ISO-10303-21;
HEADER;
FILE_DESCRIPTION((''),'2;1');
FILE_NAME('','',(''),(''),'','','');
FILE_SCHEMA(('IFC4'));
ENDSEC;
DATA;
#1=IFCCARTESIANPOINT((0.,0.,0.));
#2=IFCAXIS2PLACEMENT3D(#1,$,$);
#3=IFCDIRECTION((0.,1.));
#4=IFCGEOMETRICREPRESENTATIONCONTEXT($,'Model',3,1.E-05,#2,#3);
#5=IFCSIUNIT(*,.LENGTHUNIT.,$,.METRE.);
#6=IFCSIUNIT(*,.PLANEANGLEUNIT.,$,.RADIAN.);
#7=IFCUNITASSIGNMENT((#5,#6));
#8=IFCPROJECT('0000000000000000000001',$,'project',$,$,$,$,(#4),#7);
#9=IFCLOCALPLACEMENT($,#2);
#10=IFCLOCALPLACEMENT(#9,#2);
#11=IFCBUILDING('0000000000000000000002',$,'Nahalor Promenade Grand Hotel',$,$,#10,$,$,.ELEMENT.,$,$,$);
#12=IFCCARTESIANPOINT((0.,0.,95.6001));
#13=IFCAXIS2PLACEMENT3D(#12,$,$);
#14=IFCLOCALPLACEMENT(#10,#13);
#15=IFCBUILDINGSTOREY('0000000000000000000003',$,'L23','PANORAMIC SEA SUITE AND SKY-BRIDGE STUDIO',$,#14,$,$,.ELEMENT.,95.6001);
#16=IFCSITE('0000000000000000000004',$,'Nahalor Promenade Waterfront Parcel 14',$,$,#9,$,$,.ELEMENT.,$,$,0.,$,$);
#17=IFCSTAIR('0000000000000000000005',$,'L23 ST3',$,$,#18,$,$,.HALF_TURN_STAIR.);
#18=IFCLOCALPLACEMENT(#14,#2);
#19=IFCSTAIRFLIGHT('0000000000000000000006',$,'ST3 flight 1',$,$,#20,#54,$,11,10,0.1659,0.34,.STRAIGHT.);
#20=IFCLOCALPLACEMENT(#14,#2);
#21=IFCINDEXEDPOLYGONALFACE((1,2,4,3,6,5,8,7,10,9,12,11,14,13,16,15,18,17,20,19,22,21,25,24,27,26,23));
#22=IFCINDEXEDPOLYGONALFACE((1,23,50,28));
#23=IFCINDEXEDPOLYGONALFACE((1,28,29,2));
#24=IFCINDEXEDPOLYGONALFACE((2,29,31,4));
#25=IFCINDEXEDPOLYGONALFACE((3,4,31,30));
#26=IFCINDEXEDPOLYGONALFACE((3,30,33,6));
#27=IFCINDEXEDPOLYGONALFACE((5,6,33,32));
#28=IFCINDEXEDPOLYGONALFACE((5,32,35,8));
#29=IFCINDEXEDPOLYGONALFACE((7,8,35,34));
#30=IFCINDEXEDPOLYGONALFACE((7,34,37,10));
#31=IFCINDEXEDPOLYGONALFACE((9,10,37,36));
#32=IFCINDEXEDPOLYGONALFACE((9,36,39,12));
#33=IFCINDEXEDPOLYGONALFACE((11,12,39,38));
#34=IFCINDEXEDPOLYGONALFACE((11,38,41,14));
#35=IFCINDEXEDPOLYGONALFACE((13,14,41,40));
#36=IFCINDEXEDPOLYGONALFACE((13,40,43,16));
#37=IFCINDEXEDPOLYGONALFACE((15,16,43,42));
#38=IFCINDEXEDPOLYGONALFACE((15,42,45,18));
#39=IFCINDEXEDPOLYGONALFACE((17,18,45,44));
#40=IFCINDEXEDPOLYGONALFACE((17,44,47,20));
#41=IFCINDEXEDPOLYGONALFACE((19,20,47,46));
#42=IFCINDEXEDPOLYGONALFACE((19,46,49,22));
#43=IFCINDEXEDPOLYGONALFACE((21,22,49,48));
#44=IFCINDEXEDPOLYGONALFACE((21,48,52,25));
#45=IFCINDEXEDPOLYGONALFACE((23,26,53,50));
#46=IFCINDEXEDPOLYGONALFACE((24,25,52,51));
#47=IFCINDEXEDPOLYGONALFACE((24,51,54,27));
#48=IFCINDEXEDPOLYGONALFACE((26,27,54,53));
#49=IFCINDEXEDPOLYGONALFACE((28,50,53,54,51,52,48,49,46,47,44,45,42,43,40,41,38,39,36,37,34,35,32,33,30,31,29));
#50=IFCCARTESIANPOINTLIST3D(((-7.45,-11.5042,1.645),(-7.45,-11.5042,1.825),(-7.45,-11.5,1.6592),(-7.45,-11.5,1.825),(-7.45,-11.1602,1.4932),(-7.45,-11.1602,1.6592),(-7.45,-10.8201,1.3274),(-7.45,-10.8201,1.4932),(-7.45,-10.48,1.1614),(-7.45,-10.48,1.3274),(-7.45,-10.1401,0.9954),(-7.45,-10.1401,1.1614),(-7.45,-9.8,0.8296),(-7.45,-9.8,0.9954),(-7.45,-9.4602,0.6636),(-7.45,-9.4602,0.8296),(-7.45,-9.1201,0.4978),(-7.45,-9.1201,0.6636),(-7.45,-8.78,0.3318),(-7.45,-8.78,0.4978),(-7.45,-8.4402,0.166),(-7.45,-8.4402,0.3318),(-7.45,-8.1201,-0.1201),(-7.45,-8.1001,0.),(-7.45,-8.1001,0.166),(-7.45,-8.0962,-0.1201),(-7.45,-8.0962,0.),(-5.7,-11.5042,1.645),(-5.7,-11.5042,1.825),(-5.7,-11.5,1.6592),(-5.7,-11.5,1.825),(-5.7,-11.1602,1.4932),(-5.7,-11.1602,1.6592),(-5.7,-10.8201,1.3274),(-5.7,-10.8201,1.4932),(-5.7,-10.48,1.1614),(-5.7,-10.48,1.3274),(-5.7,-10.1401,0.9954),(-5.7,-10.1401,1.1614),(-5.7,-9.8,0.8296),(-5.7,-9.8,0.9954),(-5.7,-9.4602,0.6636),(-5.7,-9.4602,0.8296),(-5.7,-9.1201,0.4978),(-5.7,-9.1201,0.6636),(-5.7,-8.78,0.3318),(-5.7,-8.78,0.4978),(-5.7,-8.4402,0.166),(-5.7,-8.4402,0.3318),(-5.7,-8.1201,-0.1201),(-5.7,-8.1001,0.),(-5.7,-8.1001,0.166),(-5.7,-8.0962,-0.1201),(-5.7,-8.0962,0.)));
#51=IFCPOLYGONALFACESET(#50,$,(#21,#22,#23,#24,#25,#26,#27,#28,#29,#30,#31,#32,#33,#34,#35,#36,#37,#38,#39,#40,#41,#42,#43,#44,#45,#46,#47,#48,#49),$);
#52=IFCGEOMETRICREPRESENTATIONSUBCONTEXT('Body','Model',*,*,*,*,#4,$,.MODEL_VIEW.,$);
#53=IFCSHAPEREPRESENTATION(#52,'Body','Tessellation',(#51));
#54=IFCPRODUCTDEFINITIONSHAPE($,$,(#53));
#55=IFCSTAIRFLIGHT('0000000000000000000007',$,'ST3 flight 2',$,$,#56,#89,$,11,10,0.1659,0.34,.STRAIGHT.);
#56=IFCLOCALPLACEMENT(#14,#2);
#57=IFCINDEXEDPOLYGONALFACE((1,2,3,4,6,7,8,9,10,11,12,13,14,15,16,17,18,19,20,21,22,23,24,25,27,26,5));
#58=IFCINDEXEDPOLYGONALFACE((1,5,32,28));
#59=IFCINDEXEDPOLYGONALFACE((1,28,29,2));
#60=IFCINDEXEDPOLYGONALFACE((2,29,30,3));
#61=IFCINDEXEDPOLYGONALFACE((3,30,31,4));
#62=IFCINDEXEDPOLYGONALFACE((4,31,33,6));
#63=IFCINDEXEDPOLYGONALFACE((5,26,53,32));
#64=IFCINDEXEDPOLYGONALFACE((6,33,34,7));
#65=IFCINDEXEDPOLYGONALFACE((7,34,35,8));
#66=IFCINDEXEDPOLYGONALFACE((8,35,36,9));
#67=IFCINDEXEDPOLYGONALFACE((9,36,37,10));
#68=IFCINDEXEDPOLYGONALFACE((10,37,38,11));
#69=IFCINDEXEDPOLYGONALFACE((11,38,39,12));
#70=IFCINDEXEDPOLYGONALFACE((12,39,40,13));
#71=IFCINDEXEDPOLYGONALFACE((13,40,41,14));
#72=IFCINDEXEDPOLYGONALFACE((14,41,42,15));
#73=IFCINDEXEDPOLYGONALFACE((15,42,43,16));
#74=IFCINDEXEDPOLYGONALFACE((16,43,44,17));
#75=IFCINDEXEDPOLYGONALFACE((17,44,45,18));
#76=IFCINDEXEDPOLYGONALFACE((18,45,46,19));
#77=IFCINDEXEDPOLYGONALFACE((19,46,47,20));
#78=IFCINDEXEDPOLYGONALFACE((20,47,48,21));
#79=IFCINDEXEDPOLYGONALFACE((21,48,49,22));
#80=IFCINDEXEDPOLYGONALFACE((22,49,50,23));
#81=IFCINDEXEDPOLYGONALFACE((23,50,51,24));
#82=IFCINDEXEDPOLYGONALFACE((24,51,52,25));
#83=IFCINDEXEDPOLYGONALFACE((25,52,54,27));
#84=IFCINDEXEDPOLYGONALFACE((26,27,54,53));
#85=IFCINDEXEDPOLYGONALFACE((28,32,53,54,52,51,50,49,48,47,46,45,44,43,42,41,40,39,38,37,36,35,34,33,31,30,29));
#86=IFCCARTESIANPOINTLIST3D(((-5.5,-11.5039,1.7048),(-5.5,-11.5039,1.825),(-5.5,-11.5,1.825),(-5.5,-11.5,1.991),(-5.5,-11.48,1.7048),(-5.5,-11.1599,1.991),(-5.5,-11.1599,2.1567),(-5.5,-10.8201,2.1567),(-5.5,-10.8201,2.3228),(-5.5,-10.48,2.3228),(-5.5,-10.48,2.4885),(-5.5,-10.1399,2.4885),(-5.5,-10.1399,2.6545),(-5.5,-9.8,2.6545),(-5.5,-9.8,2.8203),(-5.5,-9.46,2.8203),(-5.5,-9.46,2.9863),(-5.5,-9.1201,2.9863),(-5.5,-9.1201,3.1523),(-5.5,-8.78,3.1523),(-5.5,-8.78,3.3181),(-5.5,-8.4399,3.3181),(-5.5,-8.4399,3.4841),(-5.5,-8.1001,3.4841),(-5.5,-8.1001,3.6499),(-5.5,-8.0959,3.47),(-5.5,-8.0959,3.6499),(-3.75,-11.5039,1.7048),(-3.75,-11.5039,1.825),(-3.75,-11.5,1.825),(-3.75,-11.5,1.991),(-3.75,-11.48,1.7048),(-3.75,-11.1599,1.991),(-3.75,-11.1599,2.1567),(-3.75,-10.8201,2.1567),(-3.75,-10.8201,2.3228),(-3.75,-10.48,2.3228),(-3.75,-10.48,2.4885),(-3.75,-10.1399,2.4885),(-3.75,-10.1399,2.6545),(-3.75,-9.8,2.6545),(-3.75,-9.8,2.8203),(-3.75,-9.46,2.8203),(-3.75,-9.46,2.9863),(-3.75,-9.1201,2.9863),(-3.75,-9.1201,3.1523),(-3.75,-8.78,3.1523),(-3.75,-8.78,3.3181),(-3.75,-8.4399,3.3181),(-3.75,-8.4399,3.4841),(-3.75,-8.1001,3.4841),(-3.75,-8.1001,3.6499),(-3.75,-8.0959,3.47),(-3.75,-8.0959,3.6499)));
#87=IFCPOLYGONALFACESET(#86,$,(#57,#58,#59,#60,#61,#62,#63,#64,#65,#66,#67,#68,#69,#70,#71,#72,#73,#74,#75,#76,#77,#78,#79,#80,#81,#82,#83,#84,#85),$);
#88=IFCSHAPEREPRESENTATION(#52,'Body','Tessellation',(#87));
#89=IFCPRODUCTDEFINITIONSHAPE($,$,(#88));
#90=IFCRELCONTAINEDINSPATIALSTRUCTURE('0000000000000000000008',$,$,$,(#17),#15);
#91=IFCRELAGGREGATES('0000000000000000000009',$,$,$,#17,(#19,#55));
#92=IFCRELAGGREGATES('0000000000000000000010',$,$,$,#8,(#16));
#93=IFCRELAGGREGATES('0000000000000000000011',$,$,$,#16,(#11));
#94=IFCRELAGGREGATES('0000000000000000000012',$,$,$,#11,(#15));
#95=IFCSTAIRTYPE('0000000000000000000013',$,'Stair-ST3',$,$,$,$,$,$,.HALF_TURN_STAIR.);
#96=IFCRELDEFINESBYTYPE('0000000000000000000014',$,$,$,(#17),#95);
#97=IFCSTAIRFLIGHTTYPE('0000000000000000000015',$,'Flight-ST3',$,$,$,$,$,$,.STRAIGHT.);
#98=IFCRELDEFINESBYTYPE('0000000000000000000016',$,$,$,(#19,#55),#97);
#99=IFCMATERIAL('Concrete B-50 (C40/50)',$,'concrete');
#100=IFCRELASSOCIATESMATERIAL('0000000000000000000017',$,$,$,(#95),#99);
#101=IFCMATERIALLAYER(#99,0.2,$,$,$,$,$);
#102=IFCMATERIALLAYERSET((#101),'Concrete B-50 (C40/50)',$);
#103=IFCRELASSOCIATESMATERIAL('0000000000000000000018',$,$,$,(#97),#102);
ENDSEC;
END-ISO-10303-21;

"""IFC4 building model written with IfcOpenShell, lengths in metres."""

from ifc_helpers import new_model, si_unit, direction, frame, origin, place, context, subcontext, project, spatial, polyline, outline, extrude, source, transform, mapped, material, layer, layer_set, type_object, element, aggregate, save


model = new_model("IFC4")

# Units and contexts
model_context = context("Model", 3, precision=1e-05, world=origin(), true_north=direction((0.0, 1.0)))
body_context = subcontext(model_context, "Body", "Model", "MODEL_VIEW")
ifc_project = project(units=[si_unit("LENGTHUNIT", "METRE"), si_unit("PLANEANGLEUNIT", "RADIAN")], contexts=[model_context])

# Site, building, storey
site_placement = place(None, origin())
site = spatial("IfcSite", under=ifc_project, at=site_placement, Name="Nahalor Promenade Waterfront Parcel 14", CompositionType="ELEMENT", RefElevation=0.0)
building_placement = place(site_placement, origin())
building = spatial("IfcBuilding", under=site, at=building_placement, Name="Nahalor Promenade Grand Hotel", CompositionType="ELEMENT")
storey_placement = place(building_placement, frame((0.0, 0.0, 95.6001)))
storey = spatial("IfcBuildingStorey", under=building, at=storey_placement, Name="L23", Description="PANORAMIC SEA SUITE AND SKY-BRIDGE STUDIO", CompositionType="ELEMENT", Elevation=95.6001)

# Shared definitions
ifc_material_1 = material(Name="Concrete B-50 (C40/50)", Category="concrete")

# Stair, stair flights
stair_type = type_object("IfcStairType", Name="Stair-ST3", PredefinedType="HALF_TURN_STAIR", material=ifc_material_1)
stair_placement = place(storey_placement, origin())
stair = element("IfcStair", 1, at=stair_placement, inside=storey, type_object=stair_type, Name="L23 ST3", PredefinedType="HALF_TURN_STAIR")
ifc_layer_1 = layer(ifc_material_1, 0.2)
ifc_layer_set_1 = layer_set([ifc_layer_1], Name="Concrete B-50 (C40/50)")
stair_flight_type = type_object("IfcStairFlightType", Name="Flight-ST3", PredefinedType="STRAIGHT", material=ifc_layer_set_1)
shared_shape_1 = source(origin(), body_context, "Body", "SweptSolid", [
    extrude(outline(polyline([(-0.0039, -0.1201), (-0.0039, 0.0), (0.0, 0.0), (0.0, 0.166), (0.3401, 0.166), (0.3401, 0.3318), (0.6799, 0.3318), (0.6799, 0.4978), (1.02, 0.4978), (1.02, 0.6636), (1.3601, 0.6636), (1.3601, 0.8296), (1.7, 0.8296), (1.7, 0.9954), (2.04, 0.9954), (2.04, 1.1614), (2.3799, 1.1614), (2.3799, 1.3274), (2.72, 1.3274), (2.72, 1.4932), (3.0601, 1.4932), (3.0601, 1.6592), (3.3999, 1.6592), (3.3999, 1.825), (3.4041, 1.825), (3.4041, 1.645), (0.02, -0.1201), (-0.0039, -0.1201)])), frame((0.0, 0.875, 0.0), z_axis=(0.0, -1.0, 0.0), x_axis=(1.0, 0.0, 0.0)), (0.0, 0.0, 1.0), 1.75),
])
stair_flight_1_placement = place(storey_placement, frame((-6.575, -8.1001, 0.0), z_axis=(0.0, 0.0, 1.0), x_axis=(0.0, -1.0, 0.0)))
stair_flight_1 = element("IfcStairFlight", 2, at=stair_flight_1_placement, type_object=stair_flight_type, Name="ST3 flight 1", NumberOfRisers=11, NumberOfTreads=10, PredefinedType="STRAIGHT", RiserHeight=0.1659, TreadLength=0.34, context=body_context, shape_type="MappedRepresentation", body=[
    mapped(shared_shape_1, transform((0.0, 0.0, 0.0), scale=1.0)),
])
stair_flight_2_placement = place(storey_placement, frame((-4.625, -11.5, 1.825), z_axis=(0.0, 0.0, 1.0), x_axis=(0.0, 1.0, 0.0)))
stair_flight_2 = element("IfcStairFlight", 3, at=stair_flight_2_placement, type_object=stair_flight_type, Name="ST3 flight 2", NumberOfRisers=11, NumberOfTreads=10, PredefinedType="STRAIGHT", RiserHeight=0.1659, TreadLength=0.34, context=body_context, shape_type="MappedRepresentation", body=[
    mapped(shared_shape_1, transform((0.0, 0.0, 0.0), scale=1.0)),
])
aggregate(stair, [stair_flight_1, stair_flight_2])

save(model, "model.ifc")
